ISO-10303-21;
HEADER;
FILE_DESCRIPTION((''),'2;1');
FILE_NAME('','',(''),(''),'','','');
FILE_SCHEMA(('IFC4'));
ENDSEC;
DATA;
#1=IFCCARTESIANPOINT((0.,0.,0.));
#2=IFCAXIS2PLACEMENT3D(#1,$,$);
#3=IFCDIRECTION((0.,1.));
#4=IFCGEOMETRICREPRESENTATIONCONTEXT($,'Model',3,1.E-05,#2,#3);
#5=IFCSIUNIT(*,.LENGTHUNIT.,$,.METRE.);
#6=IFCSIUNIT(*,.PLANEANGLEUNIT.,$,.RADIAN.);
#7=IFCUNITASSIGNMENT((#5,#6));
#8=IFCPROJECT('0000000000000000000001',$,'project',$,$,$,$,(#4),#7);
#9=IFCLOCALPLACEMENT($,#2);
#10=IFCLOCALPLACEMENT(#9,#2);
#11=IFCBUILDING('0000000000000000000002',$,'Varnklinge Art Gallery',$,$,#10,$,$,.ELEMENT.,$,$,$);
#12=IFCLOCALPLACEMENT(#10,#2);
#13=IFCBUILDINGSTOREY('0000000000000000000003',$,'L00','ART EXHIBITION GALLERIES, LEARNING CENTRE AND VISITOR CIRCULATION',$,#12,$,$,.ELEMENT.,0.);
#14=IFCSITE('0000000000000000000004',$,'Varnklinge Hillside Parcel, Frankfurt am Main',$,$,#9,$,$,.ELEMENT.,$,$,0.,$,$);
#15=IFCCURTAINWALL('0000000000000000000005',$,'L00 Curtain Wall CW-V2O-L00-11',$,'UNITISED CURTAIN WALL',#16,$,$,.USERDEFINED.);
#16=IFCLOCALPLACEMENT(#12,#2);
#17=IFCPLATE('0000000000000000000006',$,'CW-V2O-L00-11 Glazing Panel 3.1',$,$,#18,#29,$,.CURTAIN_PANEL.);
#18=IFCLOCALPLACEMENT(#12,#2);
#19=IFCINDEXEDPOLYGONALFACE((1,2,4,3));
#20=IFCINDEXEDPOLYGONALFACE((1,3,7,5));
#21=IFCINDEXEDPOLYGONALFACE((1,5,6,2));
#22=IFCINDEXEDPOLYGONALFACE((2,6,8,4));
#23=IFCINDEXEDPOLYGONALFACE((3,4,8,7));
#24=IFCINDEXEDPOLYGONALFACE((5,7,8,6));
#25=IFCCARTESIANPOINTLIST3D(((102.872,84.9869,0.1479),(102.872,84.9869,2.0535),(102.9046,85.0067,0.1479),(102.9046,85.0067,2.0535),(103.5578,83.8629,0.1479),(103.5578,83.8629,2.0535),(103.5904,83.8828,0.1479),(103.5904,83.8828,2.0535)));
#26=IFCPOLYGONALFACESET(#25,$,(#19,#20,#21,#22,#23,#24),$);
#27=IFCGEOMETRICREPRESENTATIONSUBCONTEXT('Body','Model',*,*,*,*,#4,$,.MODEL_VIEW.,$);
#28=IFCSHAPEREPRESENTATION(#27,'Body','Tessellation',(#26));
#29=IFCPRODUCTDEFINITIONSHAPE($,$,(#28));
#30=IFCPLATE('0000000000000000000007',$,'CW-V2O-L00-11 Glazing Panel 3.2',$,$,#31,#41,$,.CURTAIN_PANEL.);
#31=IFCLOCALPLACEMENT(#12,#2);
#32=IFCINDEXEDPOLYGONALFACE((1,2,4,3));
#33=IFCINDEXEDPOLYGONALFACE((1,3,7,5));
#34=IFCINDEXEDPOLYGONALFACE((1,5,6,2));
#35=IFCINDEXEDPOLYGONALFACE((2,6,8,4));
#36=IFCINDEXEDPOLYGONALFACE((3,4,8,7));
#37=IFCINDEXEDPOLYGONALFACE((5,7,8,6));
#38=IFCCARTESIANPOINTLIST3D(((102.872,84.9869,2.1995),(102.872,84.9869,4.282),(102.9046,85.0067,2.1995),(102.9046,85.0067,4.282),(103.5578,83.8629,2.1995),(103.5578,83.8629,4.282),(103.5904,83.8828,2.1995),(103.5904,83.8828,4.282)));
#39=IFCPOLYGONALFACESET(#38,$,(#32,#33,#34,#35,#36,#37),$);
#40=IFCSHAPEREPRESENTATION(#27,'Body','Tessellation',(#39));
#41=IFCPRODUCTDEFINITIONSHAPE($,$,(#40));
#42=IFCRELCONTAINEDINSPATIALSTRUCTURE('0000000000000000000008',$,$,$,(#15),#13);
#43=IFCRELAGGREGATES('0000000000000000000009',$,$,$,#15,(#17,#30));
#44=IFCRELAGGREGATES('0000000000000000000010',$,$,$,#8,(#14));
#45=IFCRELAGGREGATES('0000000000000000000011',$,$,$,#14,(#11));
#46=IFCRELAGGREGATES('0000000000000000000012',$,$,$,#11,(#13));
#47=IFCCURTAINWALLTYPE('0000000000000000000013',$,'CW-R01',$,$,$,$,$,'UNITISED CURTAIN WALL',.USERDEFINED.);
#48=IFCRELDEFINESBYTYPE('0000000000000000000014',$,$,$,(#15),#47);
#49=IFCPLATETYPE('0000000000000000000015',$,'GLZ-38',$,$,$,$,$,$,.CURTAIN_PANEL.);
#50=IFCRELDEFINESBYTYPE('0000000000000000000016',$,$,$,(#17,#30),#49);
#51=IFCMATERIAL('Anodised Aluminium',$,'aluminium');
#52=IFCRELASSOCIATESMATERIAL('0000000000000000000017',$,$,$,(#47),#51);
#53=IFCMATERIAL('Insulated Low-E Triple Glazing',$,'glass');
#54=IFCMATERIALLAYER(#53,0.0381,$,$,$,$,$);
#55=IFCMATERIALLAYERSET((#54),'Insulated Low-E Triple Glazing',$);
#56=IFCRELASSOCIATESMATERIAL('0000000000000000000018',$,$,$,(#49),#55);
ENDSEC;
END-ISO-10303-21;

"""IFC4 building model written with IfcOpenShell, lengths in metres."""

from ifc_helpers import new_model, si_unit, direction, frame, origin, origin_2d, place, context, subcontext, project, spatial, rectangle, extrude, material, layer, layer_set, type_object, element, aggregate, save


model = new_model("IFC4")

# Units and contexts
model_context = context("Model", 3, precision=1e-05, world=origin(), true_north=direction((0.0, 1.0)))
body_context = subcontext(model_context, "Body", "Model", "MODEL_VIEW")
ifc_project = project(units=[si_unit("LENGTHUNIT", "METRE"), si_unit("PLANEANGLEUNIT", "RADIAN")], contexts=[model_context])

# Site, building, storey
site_placement = place(None, origin())
site = spatial("IfcSite", under=ifc_project, at=site_placement, Name="Varnklinge Hillside Parcel, Frankfurt am Main", CompositionType="ELEMENT", RefElevation=0.0)
building_placement = place(site_placement, origin())
building = spatial("IfcBuilding", under=site, at=building_placement, Name="Varnklinge Art Gallery", CompositionType="ELEMENT")
storey_placement = place(building_placement, origin())
storey = spatial("IfcBuildingStorey", under=building, at=storey_placement, Name="L00", Description="ART EXHIBITION GALLERIES, LEARNING CENTRE AND VISITOR CIRCULATION", CompositionType="ELEMENT", Elevation=0.0)

# Curtain wall
ifc_material_1 = material(Name="Anodised Aluminium", Category="aluminium")
curtain_wall_type = type_object("IfcCurtainWallType", Name="CW-R01", ElementType="UNITISED CURTAIN WALL", PredefinedType="USERDEFINED", material=ifc_material_1)
curtain_wall_1_placement = place(storey_placement, origin())
curtain_wall_1 = element("IfcCurtainWall", 1, at=curtain_wall_1_placement, inside=storey, type_object=curtain_wall_type, Name="L00 Curtain Wall CW-V2O-L00-11", ObjectType="UNITISED CURTAIN WALL", PredefinedType="USERDEFINED")

# Plates
ifc_material_2 = material(Name="Insulated Low-E Triple Glazing", Category="glass")
ifc_layer = layer(ifc_material_2, 0.0381)
ifc_layer_set = layer_set([ifc_layer], Name="Insulated Low-E Triple Glazing")
plate_type = type_object("IfcPlateType", Name="GLZ-38", PredefinedType="CURTAIN_PANEL", material=ifc_layer_set)
plate_1_placement = place(storey_placement, frame((103.2312, 84.4348, 0.1479), z_axis=(0.0, 0.0, 1.0), x_axis=(-0.520861, 0.853642, 0.0)))
plate_1 = element("IfcPlate", 2, at=plate_1_placement, type_object=plate_type, Name="CW-V2O-L00-11 Glazing Panel 3.1", PredefinedType="CURTAIN_PANEL", context=body_context, shape_type="SweptSolid", body=[
    extrude(rectangle(XDim=1.3167, YDim=0.0381, at=origin_2d()), origin(), (0.0, 0.0, 1.0), 1.9055),
])
plate_2_placement = place(storey_placement, frame((103.2312, 84.4348, 2.1995), z_axis=(0.0, 0.0, 1.0), x_axis=(-0.520861, 0.853642, 0.0)))
plate_2 = element("IfcPlate", 3, at=plate_2_placement, type_object=plate_type, Name="CW-V2O-L00-11 Glazing Panel 3.2", PredefinedType="CURTAIN_PANEL", context=body_context, shape_type="SweptSolid", body=[
    extrude(rectangle(XDim=1.3167, YDim=0.0381, at=origin_2d()), origin(), (0.0, 0.0, 1.0), 2.0825),
])
aggregate(curtain_wall_1, [plate_1, plate_2])

save(model, "model.ifc")
